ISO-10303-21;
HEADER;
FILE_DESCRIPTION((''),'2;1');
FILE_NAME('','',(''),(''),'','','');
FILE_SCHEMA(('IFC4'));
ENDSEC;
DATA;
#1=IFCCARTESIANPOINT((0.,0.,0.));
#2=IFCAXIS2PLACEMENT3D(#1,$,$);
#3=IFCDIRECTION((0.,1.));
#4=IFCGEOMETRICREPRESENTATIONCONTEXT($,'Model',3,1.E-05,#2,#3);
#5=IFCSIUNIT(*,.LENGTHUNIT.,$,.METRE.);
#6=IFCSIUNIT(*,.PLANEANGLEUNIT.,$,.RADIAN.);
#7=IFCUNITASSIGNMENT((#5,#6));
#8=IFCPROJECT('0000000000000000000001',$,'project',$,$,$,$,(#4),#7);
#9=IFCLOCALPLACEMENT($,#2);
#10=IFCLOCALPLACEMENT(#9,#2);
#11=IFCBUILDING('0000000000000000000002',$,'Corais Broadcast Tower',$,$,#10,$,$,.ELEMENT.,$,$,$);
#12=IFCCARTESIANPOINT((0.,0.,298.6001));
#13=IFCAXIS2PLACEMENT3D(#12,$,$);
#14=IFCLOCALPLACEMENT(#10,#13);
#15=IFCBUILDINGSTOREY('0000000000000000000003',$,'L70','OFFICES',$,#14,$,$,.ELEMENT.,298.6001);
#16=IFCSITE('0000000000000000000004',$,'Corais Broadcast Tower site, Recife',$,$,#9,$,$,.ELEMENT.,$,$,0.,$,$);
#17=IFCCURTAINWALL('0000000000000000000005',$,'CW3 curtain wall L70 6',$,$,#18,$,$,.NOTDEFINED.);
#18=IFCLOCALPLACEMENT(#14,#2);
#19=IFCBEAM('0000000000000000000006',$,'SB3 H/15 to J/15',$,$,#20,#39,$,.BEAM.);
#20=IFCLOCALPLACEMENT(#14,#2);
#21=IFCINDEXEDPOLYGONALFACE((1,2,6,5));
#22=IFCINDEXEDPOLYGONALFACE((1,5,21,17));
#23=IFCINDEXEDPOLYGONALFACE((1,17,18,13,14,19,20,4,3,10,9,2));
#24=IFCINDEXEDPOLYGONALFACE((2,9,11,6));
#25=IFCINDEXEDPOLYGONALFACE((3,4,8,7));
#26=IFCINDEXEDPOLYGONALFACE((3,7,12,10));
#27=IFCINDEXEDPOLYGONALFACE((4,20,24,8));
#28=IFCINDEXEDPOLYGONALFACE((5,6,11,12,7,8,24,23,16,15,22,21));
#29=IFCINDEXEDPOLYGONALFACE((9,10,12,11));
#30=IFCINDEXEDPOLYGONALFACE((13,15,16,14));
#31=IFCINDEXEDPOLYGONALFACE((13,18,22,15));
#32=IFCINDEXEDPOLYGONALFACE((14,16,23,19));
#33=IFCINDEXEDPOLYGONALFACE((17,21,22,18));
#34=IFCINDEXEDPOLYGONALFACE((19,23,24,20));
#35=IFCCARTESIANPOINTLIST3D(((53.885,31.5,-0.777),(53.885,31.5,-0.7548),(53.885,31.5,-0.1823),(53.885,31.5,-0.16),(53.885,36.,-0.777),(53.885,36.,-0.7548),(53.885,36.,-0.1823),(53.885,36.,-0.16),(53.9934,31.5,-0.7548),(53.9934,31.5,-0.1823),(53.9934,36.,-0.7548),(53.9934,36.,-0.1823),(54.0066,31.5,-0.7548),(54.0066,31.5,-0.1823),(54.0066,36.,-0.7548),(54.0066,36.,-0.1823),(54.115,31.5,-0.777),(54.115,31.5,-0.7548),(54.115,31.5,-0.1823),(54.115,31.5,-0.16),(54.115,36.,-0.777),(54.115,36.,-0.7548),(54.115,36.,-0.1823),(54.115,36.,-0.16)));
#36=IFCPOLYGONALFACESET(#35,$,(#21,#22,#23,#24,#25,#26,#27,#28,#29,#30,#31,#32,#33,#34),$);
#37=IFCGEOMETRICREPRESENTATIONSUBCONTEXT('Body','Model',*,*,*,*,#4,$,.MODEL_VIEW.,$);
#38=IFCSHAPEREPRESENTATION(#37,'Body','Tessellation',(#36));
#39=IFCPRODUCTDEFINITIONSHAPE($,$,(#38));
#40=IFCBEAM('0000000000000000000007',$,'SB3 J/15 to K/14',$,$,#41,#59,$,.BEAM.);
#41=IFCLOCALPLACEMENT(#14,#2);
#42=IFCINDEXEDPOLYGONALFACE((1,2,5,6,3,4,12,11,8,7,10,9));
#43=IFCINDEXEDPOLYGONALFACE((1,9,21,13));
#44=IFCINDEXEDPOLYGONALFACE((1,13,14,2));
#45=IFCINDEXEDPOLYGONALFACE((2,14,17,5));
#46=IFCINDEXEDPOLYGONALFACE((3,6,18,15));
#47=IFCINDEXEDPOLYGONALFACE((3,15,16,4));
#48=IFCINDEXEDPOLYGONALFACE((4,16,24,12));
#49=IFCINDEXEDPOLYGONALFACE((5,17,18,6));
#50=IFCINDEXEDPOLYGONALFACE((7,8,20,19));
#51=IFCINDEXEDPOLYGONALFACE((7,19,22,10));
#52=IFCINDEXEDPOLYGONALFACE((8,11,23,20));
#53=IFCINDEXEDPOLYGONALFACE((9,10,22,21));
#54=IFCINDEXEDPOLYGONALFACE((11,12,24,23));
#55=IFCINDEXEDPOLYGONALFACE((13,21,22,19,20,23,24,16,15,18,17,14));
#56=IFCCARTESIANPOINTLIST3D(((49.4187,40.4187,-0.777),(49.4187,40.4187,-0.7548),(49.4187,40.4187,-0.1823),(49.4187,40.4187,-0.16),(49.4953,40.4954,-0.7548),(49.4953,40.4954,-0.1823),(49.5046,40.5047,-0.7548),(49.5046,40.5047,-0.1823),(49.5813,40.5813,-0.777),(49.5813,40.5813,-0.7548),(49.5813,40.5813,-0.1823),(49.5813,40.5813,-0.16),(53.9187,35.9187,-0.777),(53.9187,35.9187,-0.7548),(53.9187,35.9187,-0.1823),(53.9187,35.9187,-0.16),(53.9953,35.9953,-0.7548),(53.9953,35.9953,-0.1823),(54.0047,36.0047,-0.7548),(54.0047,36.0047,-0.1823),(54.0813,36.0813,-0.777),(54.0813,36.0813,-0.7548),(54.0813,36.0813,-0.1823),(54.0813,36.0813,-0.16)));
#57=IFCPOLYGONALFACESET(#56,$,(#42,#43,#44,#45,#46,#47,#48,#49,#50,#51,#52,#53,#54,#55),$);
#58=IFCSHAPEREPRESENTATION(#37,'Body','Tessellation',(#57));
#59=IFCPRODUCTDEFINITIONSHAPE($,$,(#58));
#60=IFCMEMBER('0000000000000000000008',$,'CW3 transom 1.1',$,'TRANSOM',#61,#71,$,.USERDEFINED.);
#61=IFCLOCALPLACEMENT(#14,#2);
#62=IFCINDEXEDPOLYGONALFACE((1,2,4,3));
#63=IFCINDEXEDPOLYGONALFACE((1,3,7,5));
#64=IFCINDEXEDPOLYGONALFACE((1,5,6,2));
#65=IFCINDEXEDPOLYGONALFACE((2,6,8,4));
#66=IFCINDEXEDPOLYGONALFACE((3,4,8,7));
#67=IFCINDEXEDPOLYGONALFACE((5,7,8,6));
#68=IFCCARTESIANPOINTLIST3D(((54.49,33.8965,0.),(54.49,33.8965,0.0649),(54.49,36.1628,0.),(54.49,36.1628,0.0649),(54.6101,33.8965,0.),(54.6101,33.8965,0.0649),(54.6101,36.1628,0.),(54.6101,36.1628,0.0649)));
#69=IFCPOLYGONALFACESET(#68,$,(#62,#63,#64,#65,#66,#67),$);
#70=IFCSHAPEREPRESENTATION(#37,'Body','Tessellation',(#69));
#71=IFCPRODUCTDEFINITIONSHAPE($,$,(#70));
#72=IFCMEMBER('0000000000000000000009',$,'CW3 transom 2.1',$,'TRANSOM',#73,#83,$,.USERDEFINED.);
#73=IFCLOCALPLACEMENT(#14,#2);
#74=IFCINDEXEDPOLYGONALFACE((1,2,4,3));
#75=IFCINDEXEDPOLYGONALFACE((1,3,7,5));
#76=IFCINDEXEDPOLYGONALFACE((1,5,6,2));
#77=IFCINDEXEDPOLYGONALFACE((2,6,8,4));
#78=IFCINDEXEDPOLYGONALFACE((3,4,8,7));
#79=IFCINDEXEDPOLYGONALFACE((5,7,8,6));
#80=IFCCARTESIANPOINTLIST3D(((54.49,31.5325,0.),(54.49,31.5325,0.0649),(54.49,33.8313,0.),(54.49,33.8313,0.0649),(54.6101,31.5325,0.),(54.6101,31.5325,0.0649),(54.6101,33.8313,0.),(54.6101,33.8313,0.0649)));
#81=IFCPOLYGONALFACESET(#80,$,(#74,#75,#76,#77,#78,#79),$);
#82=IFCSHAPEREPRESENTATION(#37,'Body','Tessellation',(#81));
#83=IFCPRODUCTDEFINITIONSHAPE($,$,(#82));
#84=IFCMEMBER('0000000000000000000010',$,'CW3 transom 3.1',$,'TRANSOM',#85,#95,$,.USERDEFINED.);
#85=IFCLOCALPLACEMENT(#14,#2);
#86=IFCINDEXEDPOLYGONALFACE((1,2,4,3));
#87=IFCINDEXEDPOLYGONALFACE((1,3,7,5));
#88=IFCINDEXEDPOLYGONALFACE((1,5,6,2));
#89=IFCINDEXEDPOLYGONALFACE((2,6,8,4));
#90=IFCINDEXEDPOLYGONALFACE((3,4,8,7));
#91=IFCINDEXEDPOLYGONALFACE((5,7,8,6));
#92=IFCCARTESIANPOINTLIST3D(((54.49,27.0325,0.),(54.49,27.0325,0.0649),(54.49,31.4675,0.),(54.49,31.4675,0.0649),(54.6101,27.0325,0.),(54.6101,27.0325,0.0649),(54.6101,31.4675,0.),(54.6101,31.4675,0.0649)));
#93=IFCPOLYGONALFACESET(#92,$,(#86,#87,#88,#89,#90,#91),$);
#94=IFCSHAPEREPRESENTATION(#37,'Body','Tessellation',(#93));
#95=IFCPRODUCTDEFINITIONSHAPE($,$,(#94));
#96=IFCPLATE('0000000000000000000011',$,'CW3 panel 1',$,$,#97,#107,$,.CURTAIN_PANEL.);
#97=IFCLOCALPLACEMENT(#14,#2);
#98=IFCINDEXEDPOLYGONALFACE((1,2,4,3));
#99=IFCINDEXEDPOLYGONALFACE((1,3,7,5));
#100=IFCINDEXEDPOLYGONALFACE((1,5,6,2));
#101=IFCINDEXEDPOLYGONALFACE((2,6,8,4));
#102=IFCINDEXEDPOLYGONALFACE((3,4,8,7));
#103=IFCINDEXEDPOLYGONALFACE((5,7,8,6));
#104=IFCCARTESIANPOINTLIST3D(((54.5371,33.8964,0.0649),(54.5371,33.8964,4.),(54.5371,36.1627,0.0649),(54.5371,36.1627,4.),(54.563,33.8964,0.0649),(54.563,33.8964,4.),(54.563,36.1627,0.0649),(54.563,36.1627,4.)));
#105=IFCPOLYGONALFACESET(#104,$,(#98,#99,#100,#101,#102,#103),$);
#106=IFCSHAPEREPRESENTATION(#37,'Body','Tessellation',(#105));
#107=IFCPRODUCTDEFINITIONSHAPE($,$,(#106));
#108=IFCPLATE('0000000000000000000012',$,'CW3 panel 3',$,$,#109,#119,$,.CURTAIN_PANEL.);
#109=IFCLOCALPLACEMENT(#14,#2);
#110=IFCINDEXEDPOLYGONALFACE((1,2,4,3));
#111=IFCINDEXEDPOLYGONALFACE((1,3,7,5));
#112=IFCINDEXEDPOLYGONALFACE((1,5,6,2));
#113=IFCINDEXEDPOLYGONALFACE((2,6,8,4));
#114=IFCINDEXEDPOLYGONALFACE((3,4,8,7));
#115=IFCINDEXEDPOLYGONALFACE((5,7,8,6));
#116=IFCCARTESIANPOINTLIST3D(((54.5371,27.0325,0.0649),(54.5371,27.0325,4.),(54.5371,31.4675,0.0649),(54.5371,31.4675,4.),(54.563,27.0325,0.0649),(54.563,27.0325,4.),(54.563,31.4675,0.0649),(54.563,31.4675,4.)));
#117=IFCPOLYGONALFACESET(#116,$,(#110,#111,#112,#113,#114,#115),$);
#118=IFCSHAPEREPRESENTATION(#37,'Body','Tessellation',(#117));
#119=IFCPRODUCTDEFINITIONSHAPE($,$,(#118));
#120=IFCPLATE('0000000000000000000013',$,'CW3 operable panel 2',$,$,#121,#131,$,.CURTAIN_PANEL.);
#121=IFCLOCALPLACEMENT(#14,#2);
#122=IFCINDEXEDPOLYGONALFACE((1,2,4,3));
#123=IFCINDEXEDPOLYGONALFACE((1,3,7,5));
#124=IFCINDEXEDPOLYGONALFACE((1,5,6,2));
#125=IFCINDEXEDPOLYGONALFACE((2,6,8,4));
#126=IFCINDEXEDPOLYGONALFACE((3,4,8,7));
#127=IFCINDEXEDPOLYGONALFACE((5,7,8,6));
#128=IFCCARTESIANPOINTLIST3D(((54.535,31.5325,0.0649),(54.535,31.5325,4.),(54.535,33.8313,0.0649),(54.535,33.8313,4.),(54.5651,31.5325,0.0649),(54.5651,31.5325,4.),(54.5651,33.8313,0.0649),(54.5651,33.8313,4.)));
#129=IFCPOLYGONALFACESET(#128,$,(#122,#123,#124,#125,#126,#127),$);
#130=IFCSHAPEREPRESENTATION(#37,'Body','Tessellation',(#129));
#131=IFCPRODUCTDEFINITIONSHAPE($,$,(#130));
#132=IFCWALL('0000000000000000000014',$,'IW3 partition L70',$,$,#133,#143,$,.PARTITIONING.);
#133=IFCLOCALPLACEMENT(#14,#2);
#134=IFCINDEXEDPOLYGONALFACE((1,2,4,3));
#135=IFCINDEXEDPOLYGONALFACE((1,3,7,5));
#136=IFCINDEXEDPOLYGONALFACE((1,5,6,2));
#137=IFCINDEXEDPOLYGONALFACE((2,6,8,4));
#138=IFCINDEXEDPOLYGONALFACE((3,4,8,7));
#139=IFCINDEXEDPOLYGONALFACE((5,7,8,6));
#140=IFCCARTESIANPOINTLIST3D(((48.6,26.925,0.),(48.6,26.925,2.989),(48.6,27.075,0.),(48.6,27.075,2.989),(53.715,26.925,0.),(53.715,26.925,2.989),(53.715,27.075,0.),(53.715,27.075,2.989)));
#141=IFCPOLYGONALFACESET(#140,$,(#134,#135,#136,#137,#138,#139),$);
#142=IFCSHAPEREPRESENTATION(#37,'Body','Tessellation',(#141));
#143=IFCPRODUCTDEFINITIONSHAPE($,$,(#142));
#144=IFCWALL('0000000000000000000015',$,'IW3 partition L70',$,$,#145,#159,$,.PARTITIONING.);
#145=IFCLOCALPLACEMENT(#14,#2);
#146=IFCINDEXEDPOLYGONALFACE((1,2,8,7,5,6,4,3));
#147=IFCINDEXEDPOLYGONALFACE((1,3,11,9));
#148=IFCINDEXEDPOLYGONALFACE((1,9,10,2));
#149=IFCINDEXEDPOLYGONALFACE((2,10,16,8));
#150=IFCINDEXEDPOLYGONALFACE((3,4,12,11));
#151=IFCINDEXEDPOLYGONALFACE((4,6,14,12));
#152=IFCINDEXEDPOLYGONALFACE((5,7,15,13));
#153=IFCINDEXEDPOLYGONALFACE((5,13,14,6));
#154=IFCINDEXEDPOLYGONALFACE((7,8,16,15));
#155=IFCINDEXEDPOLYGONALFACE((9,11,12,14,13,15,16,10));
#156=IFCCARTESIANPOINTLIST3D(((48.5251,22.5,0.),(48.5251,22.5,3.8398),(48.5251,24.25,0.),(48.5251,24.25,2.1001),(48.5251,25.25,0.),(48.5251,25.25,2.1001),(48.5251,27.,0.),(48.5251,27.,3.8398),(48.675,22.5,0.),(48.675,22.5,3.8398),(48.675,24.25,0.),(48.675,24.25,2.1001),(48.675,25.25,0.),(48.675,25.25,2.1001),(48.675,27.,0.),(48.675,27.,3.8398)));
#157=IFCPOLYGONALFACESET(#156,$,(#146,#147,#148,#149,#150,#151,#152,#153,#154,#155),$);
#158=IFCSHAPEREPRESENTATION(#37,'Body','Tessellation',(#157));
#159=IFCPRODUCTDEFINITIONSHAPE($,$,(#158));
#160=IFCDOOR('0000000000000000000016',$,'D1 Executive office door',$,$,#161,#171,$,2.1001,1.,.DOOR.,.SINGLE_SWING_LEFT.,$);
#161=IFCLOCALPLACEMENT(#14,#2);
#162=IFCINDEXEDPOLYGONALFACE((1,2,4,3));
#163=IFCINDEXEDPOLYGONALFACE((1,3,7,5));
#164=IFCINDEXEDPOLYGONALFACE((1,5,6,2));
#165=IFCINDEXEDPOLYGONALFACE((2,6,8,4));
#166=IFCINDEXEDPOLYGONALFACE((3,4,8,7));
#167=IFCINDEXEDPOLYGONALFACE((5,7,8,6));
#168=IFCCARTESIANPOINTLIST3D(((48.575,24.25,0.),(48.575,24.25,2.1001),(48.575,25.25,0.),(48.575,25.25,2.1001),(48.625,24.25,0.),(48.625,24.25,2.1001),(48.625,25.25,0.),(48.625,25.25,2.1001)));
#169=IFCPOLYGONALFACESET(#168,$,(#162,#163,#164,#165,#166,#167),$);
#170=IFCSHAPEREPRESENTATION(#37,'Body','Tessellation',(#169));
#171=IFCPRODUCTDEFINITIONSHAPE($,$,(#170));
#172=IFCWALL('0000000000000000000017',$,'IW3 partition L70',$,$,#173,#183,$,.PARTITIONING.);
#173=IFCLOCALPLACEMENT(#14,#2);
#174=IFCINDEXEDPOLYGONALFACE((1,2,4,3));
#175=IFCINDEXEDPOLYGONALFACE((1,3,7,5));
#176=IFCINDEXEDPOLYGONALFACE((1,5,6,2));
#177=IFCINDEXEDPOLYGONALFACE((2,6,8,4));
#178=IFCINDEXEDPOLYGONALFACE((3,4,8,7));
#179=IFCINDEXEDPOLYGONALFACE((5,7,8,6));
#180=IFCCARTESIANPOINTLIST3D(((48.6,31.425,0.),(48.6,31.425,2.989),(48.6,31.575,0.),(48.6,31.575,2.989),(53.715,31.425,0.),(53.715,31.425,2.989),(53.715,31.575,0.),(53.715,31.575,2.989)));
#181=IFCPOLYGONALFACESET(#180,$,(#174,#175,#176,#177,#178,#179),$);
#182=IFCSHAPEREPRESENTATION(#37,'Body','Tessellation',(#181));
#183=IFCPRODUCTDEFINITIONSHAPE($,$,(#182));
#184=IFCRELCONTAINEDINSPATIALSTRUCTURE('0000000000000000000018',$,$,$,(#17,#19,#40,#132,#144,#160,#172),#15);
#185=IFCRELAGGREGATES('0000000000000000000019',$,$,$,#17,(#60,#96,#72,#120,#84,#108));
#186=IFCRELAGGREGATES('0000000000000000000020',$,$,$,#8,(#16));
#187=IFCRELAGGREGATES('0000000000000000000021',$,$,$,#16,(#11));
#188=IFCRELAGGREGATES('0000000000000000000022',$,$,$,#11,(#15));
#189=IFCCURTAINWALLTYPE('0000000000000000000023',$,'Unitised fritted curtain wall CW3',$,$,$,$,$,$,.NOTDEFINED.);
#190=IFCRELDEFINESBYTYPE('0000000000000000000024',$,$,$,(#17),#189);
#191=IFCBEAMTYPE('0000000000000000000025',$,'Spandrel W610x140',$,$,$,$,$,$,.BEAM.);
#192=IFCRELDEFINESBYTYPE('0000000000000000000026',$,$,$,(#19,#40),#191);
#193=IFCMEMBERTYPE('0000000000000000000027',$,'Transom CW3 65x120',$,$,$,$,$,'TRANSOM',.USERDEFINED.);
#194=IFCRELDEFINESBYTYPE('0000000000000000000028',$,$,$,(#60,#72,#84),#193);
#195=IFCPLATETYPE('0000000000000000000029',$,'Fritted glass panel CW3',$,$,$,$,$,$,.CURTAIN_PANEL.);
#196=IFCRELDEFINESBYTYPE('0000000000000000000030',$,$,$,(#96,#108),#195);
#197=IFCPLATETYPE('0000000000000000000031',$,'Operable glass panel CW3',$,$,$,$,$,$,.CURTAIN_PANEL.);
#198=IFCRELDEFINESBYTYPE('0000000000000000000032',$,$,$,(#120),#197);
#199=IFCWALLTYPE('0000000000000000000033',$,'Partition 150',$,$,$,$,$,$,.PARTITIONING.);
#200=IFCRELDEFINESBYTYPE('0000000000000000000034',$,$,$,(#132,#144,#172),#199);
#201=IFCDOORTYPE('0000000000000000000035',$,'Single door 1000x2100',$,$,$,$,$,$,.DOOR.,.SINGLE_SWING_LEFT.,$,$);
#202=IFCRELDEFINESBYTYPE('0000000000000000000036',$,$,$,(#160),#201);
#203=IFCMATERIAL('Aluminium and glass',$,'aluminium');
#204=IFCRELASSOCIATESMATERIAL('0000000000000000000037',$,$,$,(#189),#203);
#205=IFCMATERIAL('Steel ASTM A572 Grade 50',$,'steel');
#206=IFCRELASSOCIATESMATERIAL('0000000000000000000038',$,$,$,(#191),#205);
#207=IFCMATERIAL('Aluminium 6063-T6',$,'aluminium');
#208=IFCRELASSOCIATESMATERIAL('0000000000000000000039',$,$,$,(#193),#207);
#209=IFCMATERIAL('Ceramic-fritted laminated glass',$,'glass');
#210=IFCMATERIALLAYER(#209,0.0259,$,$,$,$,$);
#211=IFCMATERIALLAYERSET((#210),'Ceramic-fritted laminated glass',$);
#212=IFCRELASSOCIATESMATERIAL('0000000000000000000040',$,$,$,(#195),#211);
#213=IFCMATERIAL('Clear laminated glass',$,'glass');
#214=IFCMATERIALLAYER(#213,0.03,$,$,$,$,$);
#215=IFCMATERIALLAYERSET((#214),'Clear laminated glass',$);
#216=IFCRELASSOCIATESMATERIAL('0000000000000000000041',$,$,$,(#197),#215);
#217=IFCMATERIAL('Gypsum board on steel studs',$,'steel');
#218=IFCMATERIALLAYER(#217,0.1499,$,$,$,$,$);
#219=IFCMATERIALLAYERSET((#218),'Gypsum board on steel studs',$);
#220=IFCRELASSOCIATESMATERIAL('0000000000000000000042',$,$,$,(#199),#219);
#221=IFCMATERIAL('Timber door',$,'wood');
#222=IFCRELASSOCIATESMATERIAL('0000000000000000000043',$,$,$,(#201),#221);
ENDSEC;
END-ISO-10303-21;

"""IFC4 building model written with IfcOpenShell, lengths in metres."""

from ifc_helpers import new_model, si_unit, direction, frame, frame_2d, origin, origin_2d, place, context, subcontext, project, spatial, rectangle, i_section, extrude, material, layer, layer_set, material_profile, profile_set, type_object, element, fill, aggregate, save


model = new_model("IFC4")

# Units and contexts
model_context = context("Model", 3, precision=1e-05, world=origin(), true_north=direction((0.0, 1.0)))
body_context = subcontext(model_context, "Body", "Model", "MODEL_VIEW")
ifc_project = project(units=[si_unit("LENGTHUNIT", "METRE"), si_unit("PLANEANGLEUNIT", "RADIAN")], contexts=[model_context])

# Site, building, storey
site_placement = place(None, origin())
site = spatial("IfcSite", under=ifc_project, at=site_placement, Name="Corais Broadcast Tower site, Recife", CompositionType="ELEMENT", RefElevation=0.0)
building_placement = place(site_placement, origin())
building = spatial("IfcBuilding", under=site, at=building_placement, Name="Corais Broadcast Tower", CompositionType="ELEMENT")
storey_placement = place(building_placement, frame((0.0, 0.0, 298.6001)))
storey = spatial("IfcBuildingStorey", under=building, at=storey_placement, Name="L70", Description="OFFICES", CompositionType="ELEMENT", Elevation=298.6001)

# Curtain wall
ifc_material_1 = material(Name="Aluminium and glass", Category="aluminium")
curtain_wall_type = type_object("IfcCurtainWallType", Name="Unitised fritted curtain wall CW3", PredefinedType="NOTDEFINED", material=ifc_material_1)
curtain_wall_placement = place(storey_placement, origin())
curtain_wall = element("IfcCurtainWall", 1, at=curtain_wall_placement, inside=storey, type_object=curtain_wall_type, Name="CW3 curtain wall L70 6", PredefinedType="NOTDEFINED")

# Beams
ifc_material_2 = material(Name="Steel ASTM A572 Grade 50", Category="steel")
ifc_material_profile_1 = material_profile(ifc_material_2, i_section(OverallWidth=0.23, OverallDepth=0.6169, WebThickness=0.0132, FlangeThickness=0.0222, at=origin_2d()), Name="W610x140")
ifc_profile_set_1 = profile_set([ifc_material_profile_1], Name="Steel ASTM A572 Grade 50")
beam_type_1 = type_object("IfcBeamType", Name="Spandrel W610x140", PredefinedType="BEAM", material=ifc_profile_set_1)
for number, where, z_axis, x_axis, name in (
    (2, (54.0, 31.5, -0.4685), (0.0, 1.0, 0.0), (-1.0, 0.0, 0.0), "SB3 H/15 to J/15"),
):
    element("IfcBeam", number, at=place(storey_placement, frame(where, z_axis=z_axis, x_axis=x_axis)), inside=storey, type_object=beam_type_1, Name=name, PredefinedType="BEAM", context=body_context, shape_type="SweptSolid", body=[
        extrude(i_section(OverallWidth=0.23, OverallDepth=0.6169, WebThickness=0.0132, FlangeThickness=0.0222, at=origin_2d()), origin(), (0.0, 0.0, 1.0), 4.5),
    ])
beam_placement = place(storey_placement, frame((54.0, 36.0, -0.4685), z_axis=(-0.707107, 0.707107, 0.0), x_axis=(-0.707107, -0.707107, 0.0)))
element("IfcBeam", 3, at=beam_placement, inside=storey, type_object=beam_type_1, Name="SB3 J/15 to K/14", PredefinedType="BEAM", context=body_context, shape_type="SweptSolid", body=[
    extrude(i_section(OverallWidth=0.23, OverallDepth=0.6169, WebThickness=0.0132, FlangeThickness=0.0222, at=origin_2d()), origin(), (0.0, 0.0, 1.0), 6.364),
])

# Members
ifc_material_3 = material(Name="Aluminium 6063-T6", Category="aluminium")
ifc_material_profile_2 = material_profile(ifc_material_3, rectangle(XDim=0.1201, YDim=0.0649, at=origin_2d()), Name="Transom CW3 65x120")
ifc_profile_set_2 = profile_set([ifc_material_profile_2], Name="Aluminium 6063-T6")
member_type_1 = type_object("IfcMemberType", Name="Transom CW3 65x120", ElementType="TRANSOM", PredefinedType="USERDEFINED", material=ifc_profile_set_2)
member_1_placement = place(storey_placement, frame((54.55, 36.1628, 0.0325), z_axis=(0.0, -1.0, 0.0), x_axis=(1.0, 0.0, 0.0)))
member_1 = element("IfcMember", 4, at=member_1_placement, type_object=member_type_1, Name="CW3 transom 1.1", ObjectType="TRANSOM", PredefinedType="USERDEFINED", context=body_context, shape_type="SweptSolid", body=[
    extrude(rectangle(XDim=0.1201, YDim=0.0649, at=origin_2d()), origin(), (0.0, 0.0, 1.0), 2.2664),
])
member_2_placement = place(storey_placement, frame((54.55, 33.8313, 0.0325), z_axis=(0.0, -1.0, 0.0), x_axis=(1.0, 0.0, 0.0)))
member_2 = element("IfcMember", 5, at=member_2_placement, type_object=member_type_1, Name="CW3 transom 2.1", ObjectType="TRANSOM", PredefinedType="USERDEFINED", context=body_context, shape_type="SweptSolid", body=[
    extrude(rectangle(XDim=0.1201, YDim=0.0649, at=origin_2d()), origin(), (0.0, 0.0, 1.0), 2.2988),
])
member_3_placement = place(storey_placement, frame((54.55, 31.4675, 0.0325), z_axis=(0.0, -1.0, 0.0), x_axis=(1.0, 0.0, 0.0)))
member_3 = element("IfcMember", 6, at=member_3_placement, type_object=member_type_1, Name="CW3 transom 3.1", ObjectType="TRANSOM", PredefinedType="USERDEFINED", context=body_context, shape_type="SweptSolid", body=[
    extrude(rectangle(XDim=0.1201, YDim=0.0649, at=origin_2d()), origin(), (0.0, 0.0, 1.0), 4.4351),
])

# Plates
ifc_material_4 = material(Name="Ceramic-fritted laminated glass", Category="glass")
ifc_layer_1 = layer(ifc_material_4, 0.0259)
ifc_layer_set_1 = layer_set([ifc_layer_1], Name="Ceramic-fritted laminated glass")
plate_type_1 = type_object("IfcPlateType", Name="Fritted glass panel CW3", PredefinedType="CURTAIN_PANEL", material=ifc_layer_set_1)
plate_1_placement = place(storey_placement, frame((54.55, 35.0295, 0.0649), z_axis=(0.0, 0.0, 1.0), x_axis=(0.0, -1.0, 0.0)))
plate_1 = element("IfcPlate", 7, at=plate_1_placement, type_object=plate_type_1, Name="CW3 panel 1", PredefinedType="CURTAIN_PANEL", context=body_context, shape_type="SweptSolid", body=[
    extrude(rectangle(XDim=2.2664, YDim=0.0259, at=origin_2d()), origin(), (0.0, 0.0, 1.0), 3.9351),
])
plate_2_placement = place(storey_placement, frame((54.55, 29.25, 0.0649), z_axis=(0.0, 0.0, 1.0), x_axis=(0.0, -1.0, 0.0)))
plate_2 = element("IfcPlate", 8, at=plate_2_placement, type_object=plate_type_1, Name="CW3 panel 3", PredefinedType="CURTAIN_PANEL", context=body_context, shape_type="SweptSolid", body=[
    extrude(rectangle(XDim=4.4351, YDim=0.0259, at=origin_2d()), origin(), (0.0, 0.0, 1.0), 3.9351),
])
ifc_material_5 = material(Name="Clear laminated glass", Category="glass")
ifc_layer_2 = layer(ifc_material_5, 0.03)
ifc_layer_set_2 = layer_set([ifc_layer_2], Name="Clear laminated glass")
plate_type_2 = type_object("IfcPlateType", Name="Operable glass panel CW3", PredefinedType="CURTAIN_PANEL", material=ifc_layer_set_2)
plate_3_placement = place(storey_placement, frame((54.55, 32.6819, 0.0649), z_axis=(0.0, 0.0, 1.0), x_axis=(0.0, -1.0, 0.0)))
plate_3 = element("IfcPlate", 9, at=plate_3_placement, type_object=plate_type_2, Name="CW3 operable panel 2", PredefinedType="CURTAIN_PANEL", context=body_context, shape_type="SweptSolid", body=[
    extrude(rectangle(XDim=2.2988, YDim=0.03, at=origin_2d()), origin(), (0.0, 0.0, 1.0), 3.9351),
])
aggregate(curtain_wall, [member_1, plate_1, member_2, plate_3, member_3, plate_2])

# Wall
ifc_material_6 = material(Name="Gypsum board on steel studs", Category="steel")
ifc_layer_3 = layer(ifc_material_6, 0.1499)
ifc_layer_set_3 = layer_set([ifc_layer_3], Name="Gypsum board on steel studs")
wall_type = type_object("IfcWallType", Name="Partition 150", PredefinedType="PARTITIONING", material=ifc_layer_set_3)
wall_1_placement = place(storey_placement, frame((53.7151, 27.0, 0.0), z_axis=(0.0, 0.0, 1.0), x_axis=(-1.0, 0.0, 0.0)))
element("IfcWall", 10, at=wall_1_placement, inside=storey, type_object=wall_type, Name="IW3 partition L70", PredefinedType="PARTITIONING", context=body_context, shape_type="SweptSolid", body=[
    extrude(rectangle(XDim=5.115, YDim=0.1499, at=frame_2d((2.5576, 0.0))), origin(), (0.0, 0.0, 1.0), 2.989),
])

# Wall, opening, door
wall_2_placement = place(storey_placement, frame((48.6001, 27.0, 0.0), z_axis=(0.0, 0.0, 1.0), x_axis=(0.0, -1.0, 0.0)))
wall_2 = element("IfcWall", 11, at=wall_2_placement, inside=storey, type_object=wall_type, Name="IW3 partition L70", PredefinedType="PARTITIONING", context=body_context, shape_type="SweptSolid", body=[
    extrude(rectangle(XDim=4.5, YDim=0.1499, at=frame_2d((2.25, 0.0))), origin(), (0.0, 0.0, 1.0), 3.8398),
])
opening_1_placement = place(wall_2_placement, frame((1.75, 0.0, 0.0)))
opening_1 = element("IfcOpeningElement", 12, at=opening_1_placement, cuts=wall_2, PredefinedType="OPENING", context=body_context, shape_type="SweptSolid", body=[
    extrude(rectangle(XDim=1.0, YDim=2.1001, at=frame_2d((0.5, 1.05))), frame((0.0, 0.085, 0.0), z_axis=(0.0, -1.0, 0.0), x_axis=(1.0, 0.0, 0.0)), (0.0, 0.0, 1.0), 0.1699),
])
ifc_material_7 = material(Name="Timber door", Category="wood")
door_type = type_object("IfcDoorType", Name="Single door 1000x2100", OperationType="SINGLE_SWING_LEFT", PredefinedType="DOOR", material=ifc_material_7)
door_1_placement = place(opening_1_placement, origin())
door_1 = element("IfcDoor", 13, at=door_1_placement, inside=storey, type_object=door_type, Name="D1 Executive office door", OperationType="SINGLE_SWING_LEFT", OverallHeight=2.1001, OverallWidth=1.0, PredefinedType="DOOR", context=body_context, shape_type="SweptSolid", body=[
    extrude(rectangle(XDim=1.0, YDim=2.1001, at=frame_2d((0.5, 1.05))), frame((0.0, 0.0249, 0.0), z_axis=(0.0, -1.0, 0.0), x_axis=(1.0, 0.0, 0.0)), (0.0, 0.0, 1.0), 0.05),
])
fill(opening_1, door_1)

# Wall
wall_3_placement = place(storey_placement, frame((53.7151, 31.5, 0.0), z_axis=(0.0, 0.0, 1.0), x_axis=(-1.0, 0.0, 0.0)))
element("IfcWall", 14, at=wall_3_placement, inside=storey, type_object=wall_type, Name="IW3 partition L70", PredefinedType="PARTITIONING", context=body_context, shape_type="SweptSolid", body=[
    extrude(rectangle(XDim=5.115, YDim=0.1499, at=frame_2d((2.5576, 0.0))), origin(), (0.0, 0.0, 1.0), 2.989),
])

save(model, "model.ifc")
